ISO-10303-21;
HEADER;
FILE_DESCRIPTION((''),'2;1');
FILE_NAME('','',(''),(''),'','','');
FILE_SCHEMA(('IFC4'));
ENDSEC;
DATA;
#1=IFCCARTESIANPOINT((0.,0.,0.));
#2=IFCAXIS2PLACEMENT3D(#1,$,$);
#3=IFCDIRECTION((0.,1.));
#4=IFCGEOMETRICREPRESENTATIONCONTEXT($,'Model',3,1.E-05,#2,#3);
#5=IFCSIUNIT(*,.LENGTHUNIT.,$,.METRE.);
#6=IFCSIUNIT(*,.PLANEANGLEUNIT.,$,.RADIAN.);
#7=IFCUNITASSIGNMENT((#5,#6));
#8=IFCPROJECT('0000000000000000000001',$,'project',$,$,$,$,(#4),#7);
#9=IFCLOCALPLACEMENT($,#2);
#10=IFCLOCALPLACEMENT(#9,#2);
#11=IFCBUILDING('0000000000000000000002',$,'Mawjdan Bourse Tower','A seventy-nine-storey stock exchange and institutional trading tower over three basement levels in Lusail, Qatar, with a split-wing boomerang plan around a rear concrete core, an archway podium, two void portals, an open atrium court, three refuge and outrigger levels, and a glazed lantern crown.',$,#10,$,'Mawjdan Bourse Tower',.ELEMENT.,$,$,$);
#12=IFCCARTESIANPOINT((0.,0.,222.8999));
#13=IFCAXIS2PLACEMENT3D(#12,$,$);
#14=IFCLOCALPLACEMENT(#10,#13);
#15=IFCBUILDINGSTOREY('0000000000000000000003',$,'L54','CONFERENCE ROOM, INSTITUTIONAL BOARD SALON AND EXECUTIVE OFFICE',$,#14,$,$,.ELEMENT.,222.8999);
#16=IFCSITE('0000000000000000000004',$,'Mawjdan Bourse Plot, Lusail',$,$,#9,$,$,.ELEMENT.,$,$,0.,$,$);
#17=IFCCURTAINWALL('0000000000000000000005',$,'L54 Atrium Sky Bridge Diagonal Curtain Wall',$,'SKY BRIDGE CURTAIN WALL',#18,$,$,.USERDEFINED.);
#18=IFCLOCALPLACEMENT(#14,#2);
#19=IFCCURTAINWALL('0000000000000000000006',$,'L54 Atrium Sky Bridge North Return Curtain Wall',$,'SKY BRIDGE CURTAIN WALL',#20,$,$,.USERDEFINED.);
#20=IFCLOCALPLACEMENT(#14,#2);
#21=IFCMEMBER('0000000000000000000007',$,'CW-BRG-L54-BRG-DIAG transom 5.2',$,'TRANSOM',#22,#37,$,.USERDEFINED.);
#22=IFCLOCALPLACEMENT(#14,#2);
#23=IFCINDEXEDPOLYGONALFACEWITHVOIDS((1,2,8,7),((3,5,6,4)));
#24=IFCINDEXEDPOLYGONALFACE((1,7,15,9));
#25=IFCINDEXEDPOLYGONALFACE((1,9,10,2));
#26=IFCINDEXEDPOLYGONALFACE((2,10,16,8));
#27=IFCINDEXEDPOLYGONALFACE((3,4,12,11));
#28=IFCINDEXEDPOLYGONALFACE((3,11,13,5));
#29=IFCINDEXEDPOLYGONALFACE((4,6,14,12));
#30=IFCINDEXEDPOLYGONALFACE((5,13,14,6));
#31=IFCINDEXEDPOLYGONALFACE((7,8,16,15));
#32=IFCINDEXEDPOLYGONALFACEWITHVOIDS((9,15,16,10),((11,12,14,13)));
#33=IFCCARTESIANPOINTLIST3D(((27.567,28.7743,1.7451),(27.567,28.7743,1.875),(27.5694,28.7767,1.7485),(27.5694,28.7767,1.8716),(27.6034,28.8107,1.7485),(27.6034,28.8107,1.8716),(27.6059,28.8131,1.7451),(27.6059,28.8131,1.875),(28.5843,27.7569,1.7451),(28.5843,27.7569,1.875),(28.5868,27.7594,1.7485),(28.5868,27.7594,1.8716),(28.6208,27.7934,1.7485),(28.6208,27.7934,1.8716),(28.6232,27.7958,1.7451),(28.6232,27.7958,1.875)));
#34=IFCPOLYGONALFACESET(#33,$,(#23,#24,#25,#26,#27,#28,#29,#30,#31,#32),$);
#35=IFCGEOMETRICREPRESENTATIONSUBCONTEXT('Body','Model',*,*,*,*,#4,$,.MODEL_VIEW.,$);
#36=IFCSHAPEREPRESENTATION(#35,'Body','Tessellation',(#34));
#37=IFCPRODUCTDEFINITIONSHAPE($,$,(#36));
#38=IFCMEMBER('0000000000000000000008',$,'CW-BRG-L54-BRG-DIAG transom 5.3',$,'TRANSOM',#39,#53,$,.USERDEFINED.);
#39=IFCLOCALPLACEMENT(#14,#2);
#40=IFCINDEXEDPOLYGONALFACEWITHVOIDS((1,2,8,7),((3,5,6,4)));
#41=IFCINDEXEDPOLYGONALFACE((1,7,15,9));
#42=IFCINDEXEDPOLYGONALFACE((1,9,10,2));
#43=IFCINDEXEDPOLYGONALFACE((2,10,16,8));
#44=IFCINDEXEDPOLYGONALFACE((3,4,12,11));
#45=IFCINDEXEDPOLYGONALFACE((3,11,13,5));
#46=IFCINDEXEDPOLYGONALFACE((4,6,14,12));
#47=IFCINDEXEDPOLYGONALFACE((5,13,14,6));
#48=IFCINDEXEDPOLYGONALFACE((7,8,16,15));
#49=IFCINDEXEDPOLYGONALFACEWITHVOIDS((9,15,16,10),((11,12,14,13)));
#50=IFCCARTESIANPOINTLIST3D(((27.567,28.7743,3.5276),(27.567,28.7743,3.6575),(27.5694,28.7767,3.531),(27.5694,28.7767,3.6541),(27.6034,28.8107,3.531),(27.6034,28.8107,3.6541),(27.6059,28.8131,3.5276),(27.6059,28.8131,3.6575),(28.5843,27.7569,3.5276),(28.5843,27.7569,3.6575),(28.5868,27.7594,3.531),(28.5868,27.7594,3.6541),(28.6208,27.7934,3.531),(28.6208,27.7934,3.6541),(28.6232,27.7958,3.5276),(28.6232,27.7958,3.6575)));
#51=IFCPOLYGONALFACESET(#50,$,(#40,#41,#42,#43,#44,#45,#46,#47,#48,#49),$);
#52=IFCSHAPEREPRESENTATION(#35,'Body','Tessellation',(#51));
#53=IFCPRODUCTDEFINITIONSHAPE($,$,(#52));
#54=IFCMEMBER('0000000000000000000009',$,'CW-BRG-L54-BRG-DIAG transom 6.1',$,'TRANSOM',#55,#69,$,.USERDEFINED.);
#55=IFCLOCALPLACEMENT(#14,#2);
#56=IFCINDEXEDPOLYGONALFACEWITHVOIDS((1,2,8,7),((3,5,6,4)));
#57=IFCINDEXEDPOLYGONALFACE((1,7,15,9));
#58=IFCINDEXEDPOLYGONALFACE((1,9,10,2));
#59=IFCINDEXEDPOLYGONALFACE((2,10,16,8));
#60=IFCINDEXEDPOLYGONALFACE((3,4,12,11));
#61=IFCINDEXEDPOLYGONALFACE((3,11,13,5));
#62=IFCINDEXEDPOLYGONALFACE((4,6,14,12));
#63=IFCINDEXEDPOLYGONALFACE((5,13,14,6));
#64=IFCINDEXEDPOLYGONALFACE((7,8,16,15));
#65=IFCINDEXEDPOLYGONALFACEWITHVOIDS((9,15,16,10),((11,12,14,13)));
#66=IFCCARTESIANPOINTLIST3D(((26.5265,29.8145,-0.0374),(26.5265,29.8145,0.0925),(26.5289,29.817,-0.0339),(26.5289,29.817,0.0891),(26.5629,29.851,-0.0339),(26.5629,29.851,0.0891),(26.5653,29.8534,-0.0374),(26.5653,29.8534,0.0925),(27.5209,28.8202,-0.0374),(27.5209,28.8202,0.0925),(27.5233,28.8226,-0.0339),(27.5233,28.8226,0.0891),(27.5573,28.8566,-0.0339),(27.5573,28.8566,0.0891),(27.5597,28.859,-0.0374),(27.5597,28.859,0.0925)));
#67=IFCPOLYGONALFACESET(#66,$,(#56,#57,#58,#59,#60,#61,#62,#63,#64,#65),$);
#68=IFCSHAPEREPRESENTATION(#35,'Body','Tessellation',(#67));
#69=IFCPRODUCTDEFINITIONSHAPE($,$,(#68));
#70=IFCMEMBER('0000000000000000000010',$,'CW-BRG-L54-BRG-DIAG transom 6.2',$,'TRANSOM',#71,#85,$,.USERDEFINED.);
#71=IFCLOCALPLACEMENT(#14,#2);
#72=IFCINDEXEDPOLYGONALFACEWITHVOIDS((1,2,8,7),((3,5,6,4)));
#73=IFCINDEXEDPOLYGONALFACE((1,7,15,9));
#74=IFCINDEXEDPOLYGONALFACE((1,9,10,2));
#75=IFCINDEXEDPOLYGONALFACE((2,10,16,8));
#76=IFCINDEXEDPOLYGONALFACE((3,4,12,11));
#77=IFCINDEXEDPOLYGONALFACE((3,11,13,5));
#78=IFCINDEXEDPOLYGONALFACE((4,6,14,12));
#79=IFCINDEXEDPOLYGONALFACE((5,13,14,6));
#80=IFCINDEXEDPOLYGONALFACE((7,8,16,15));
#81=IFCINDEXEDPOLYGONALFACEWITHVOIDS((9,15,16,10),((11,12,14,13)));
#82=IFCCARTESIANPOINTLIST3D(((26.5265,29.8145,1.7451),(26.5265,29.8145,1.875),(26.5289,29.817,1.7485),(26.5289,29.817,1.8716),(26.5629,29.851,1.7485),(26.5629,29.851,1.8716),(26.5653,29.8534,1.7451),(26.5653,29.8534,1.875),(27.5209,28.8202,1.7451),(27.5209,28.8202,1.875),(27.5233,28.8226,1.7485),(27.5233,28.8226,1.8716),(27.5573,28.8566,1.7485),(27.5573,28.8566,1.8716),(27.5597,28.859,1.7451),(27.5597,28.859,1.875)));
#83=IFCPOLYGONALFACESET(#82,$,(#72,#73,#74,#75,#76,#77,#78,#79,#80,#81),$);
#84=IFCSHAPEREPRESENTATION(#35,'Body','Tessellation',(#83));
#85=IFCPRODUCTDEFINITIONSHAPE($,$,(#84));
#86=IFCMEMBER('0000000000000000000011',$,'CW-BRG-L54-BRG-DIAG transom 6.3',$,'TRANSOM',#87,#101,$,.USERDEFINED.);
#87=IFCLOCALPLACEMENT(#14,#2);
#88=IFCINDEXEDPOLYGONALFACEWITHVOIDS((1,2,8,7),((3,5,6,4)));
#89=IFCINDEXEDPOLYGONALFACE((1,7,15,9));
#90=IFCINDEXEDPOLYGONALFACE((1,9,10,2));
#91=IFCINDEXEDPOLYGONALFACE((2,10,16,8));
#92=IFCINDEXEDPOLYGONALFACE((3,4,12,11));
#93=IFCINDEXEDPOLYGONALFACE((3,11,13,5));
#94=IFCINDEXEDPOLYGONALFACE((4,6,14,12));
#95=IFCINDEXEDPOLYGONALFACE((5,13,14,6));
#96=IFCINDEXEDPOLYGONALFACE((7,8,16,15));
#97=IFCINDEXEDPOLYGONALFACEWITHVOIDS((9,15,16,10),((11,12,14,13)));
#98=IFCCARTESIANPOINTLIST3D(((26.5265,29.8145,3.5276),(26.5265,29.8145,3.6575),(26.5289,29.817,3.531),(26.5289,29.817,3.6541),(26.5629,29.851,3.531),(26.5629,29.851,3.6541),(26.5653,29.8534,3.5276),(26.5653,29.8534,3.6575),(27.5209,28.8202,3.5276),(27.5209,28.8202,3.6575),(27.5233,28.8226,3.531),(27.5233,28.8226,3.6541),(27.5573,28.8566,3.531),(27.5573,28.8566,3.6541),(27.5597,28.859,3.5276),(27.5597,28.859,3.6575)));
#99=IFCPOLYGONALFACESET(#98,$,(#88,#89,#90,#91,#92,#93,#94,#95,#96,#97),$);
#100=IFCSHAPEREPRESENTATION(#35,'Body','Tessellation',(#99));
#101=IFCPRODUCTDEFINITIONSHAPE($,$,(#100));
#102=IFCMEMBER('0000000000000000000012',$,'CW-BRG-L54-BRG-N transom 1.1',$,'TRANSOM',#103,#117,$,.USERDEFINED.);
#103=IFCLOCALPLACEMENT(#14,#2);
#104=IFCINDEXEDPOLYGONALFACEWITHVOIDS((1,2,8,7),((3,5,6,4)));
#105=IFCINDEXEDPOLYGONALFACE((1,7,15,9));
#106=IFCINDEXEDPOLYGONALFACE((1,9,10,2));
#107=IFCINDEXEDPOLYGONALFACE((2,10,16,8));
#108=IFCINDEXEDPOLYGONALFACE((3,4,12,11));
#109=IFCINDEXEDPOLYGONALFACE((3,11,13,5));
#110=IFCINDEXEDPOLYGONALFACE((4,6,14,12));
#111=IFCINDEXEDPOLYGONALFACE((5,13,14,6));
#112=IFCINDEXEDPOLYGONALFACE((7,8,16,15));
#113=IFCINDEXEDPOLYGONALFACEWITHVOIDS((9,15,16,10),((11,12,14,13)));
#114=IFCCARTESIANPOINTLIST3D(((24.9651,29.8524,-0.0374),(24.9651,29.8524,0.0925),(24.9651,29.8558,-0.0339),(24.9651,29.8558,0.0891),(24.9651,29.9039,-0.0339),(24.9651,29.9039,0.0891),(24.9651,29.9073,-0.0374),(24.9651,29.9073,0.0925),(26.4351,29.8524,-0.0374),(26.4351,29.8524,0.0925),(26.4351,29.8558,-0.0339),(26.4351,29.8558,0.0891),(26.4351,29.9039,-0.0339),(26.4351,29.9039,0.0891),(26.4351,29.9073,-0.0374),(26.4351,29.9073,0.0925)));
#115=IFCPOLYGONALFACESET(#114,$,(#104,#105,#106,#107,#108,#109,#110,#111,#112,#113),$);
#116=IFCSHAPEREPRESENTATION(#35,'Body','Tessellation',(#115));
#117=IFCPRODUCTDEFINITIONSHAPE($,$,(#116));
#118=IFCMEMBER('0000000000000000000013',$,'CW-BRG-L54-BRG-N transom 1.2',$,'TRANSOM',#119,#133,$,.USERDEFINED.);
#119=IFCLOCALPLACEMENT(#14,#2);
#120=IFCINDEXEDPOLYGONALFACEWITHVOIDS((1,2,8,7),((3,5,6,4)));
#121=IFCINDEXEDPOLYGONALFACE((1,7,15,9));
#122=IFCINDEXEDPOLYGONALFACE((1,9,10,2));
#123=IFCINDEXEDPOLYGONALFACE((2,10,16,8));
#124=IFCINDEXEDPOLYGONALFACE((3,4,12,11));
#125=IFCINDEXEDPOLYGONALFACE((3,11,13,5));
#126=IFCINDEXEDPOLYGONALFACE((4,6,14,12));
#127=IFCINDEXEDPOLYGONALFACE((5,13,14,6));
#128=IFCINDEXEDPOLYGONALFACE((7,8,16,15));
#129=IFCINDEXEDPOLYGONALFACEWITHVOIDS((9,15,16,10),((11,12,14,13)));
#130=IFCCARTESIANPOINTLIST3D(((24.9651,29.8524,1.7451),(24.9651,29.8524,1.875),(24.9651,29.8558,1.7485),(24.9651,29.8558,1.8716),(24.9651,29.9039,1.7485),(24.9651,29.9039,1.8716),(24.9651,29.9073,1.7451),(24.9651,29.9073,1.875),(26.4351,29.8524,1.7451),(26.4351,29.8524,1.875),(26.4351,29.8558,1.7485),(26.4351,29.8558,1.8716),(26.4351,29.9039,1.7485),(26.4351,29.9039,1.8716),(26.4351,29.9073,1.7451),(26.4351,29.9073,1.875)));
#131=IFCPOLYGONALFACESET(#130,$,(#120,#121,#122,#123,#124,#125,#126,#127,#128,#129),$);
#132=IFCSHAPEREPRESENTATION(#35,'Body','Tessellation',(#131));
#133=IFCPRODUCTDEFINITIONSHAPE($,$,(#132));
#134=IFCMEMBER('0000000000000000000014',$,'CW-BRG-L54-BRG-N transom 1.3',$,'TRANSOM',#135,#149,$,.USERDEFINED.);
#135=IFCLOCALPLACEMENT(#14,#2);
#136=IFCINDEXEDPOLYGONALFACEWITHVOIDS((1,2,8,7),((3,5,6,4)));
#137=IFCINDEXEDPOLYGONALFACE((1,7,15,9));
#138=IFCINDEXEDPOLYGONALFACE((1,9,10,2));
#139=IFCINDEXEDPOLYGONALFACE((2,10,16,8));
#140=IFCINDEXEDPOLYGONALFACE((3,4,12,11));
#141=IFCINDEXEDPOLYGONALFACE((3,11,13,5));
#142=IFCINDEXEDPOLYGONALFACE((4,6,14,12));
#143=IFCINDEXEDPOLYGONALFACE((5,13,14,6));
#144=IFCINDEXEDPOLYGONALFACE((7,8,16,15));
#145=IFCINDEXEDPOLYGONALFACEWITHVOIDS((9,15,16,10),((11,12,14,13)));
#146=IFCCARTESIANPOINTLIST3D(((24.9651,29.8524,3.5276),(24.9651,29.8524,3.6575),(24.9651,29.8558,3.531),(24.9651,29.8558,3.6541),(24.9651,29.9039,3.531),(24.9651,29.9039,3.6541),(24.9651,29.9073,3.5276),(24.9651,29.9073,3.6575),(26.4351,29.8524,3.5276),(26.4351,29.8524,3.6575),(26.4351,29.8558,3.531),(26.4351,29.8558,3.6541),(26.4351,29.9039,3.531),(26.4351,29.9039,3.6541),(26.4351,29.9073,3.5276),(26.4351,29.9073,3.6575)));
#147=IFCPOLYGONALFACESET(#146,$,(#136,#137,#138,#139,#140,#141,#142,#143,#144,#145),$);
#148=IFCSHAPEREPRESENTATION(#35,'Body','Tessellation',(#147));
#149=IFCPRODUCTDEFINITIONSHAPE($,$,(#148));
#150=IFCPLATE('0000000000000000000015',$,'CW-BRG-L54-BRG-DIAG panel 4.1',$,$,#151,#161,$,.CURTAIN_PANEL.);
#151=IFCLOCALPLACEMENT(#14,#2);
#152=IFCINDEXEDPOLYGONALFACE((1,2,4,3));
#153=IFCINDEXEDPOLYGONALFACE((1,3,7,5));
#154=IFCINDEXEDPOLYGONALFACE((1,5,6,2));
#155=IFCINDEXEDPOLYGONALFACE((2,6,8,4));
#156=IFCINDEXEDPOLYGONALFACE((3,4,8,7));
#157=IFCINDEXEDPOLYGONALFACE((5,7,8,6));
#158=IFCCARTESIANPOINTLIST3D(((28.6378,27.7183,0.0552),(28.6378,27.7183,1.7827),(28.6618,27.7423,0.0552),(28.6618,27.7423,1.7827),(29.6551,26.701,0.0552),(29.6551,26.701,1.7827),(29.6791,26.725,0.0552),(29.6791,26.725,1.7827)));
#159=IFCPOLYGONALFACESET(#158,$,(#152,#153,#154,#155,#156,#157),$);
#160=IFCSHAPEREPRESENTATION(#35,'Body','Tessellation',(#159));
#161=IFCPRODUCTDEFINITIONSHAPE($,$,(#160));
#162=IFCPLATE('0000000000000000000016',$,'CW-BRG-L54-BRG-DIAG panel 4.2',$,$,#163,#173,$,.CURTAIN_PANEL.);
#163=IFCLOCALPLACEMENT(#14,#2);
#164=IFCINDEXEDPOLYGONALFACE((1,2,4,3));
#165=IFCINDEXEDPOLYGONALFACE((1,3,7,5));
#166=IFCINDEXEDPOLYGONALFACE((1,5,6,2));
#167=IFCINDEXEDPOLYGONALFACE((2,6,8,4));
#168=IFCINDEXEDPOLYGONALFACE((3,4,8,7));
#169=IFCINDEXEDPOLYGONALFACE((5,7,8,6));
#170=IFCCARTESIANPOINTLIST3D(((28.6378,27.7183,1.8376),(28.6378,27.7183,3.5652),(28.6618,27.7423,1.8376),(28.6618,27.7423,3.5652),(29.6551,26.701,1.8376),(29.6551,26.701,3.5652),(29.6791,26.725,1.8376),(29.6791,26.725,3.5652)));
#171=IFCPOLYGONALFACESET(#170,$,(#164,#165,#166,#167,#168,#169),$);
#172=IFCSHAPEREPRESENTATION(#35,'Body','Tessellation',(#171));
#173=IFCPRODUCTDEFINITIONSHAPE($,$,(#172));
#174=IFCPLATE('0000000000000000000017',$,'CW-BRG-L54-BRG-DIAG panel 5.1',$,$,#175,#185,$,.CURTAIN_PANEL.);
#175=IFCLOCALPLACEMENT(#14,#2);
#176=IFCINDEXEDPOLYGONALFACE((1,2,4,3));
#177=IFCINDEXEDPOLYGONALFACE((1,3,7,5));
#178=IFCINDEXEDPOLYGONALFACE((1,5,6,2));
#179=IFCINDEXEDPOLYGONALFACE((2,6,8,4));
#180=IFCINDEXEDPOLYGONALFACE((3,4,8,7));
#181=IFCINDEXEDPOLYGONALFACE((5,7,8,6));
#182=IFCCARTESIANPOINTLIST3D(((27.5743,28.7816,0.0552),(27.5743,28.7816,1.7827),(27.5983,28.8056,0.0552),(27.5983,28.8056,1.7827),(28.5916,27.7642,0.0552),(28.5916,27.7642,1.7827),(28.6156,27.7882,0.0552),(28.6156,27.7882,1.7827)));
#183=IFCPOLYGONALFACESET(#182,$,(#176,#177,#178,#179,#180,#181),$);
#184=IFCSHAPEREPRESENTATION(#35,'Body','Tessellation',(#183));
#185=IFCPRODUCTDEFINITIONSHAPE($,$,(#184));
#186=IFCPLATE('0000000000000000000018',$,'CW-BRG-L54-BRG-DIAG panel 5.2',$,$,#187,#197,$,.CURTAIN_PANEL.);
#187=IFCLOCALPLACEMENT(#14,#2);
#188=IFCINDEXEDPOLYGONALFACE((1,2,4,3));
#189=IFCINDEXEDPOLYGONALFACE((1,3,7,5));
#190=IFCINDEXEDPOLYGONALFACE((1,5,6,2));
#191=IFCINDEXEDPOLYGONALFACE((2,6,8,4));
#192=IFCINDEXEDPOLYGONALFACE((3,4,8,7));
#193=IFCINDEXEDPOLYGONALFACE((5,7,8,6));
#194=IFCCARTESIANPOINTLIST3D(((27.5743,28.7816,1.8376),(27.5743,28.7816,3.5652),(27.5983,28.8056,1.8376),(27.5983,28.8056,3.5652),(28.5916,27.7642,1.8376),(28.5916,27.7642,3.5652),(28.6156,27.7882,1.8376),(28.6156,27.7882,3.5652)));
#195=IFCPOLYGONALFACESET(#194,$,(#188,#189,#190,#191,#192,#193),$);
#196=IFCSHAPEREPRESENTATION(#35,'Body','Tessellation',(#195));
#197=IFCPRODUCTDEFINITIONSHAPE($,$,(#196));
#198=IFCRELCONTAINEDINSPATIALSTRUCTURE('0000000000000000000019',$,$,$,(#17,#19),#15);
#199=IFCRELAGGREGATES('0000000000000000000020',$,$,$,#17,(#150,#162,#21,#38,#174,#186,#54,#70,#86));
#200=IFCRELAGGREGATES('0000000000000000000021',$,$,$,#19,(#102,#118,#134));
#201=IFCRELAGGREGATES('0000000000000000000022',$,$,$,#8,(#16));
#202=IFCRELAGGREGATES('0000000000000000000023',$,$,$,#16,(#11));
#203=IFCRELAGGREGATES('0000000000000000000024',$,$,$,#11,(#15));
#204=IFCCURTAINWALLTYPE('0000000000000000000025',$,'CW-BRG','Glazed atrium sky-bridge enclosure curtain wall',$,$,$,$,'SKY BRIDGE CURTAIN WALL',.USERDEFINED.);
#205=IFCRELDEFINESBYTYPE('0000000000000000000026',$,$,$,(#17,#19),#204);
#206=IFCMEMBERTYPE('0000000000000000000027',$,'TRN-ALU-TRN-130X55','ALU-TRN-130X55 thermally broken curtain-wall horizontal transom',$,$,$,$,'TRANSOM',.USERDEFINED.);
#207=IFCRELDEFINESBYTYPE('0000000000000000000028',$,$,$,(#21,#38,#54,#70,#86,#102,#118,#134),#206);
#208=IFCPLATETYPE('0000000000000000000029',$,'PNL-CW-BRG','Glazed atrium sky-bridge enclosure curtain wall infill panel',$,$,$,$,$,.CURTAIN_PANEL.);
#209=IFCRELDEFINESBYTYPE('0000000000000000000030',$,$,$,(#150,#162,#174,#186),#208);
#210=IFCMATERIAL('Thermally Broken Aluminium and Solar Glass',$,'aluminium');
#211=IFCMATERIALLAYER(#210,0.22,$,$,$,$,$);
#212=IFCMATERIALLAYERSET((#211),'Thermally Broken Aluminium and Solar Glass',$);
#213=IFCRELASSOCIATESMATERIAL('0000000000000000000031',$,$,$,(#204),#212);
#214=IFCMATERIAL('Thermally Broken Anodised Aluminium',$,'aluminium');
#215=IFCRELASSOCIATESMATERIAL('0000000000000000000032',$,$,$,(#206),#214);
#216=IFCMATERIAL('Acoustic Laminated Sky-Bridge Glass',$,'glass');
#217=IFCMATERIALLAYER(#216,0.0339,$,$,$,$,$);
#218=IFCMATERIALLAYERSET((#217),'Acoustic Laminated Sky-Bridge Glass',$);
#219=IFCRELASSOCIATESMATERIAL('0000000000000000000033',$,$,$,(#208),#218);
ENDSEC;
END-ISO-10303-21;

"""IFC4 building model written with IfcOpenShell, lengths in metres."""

from ifc_helpers import new_model, si_unit, direction, frame, origin, origin_2d, place, context, subcontext, project, spatial, rectangle, hollow_rectangle, extrude, material, layer, layer_set, material_profile, profile_set, type_object, element, aggregate, save


model = new_model("IFC4")

# Units and contexts
model_context = context("Model", 3, precision=1e-05, world=origin(), true_north=direction((0.0, 1.0)))
body_context = subcontext(model_context, "Body", "Model", "MODEL_VIEW")
ifc_project = project(units=[si_unit("LENGTHUNIT", "METRE"), si_unit("PLANEANGLEUNIT", "RADIAN")], contexts=[model_context])

# Site, building, storey
site_placement = place(None, origin())
site = spatial("IfcSite", under=ifc_project, at=site_placement, Name="Mawjdan Bourse Plot, Lusail", CompositionType="ELEMENT", RefElevation=0.0)
building_placement = place(site_placement, origin())
building = spatial("IfcBuilding", under=site, at=building_placement, Name="Mawjdan Bourse Tower", Description="A seventy-nine-storey stock exchange and institutional trading tower over three basement levels in Lusail, Qatar, with a split-wing boomerang plan around a rear concrete core, an archway podium, two void portals, an open atrium court, three refuge and outrigger levels, and a glazed lantern crown.", LongName="Mawjdan Bourse Tower", CompositionType="ELEMENT")
storey_placement = place(building_placement, frame((0.0, 0.0, 222.8999)))
storey = spatial("IfcBuildingStorey", under=building, at=storey_placement, Name="L54", Description="CONFERENCE ROOM, INSTITUTIONAL BOARD SALON AND EXECUTIVE OFFICE", CompositionType="ELEMENT", Elevation=222.8999)

# Curtain walls
ifc_material_1 = material(Name="Thermally Broken Aluminium and Solar Glass", Category="aluminium")
ifc_layer_1 = layer(ifc_material_1, 0.22)
ifc_layer_set_1 = layer_set([ifc_layer_1], Name="Thermally Broken Aluminium and Solar Glass")
curtain_wall_type = type_object("IfcCurtainWallType", Name="CW-BRG", Description="Glazed atrium sky-bridge enclosure curtain wall", ElementType="SKY BRIDGE CURTAIN WALL", PredefinedType="USERDEFINED", material=ifc_layer_set_1)
curtain_wall_1_placement = place(storey_placement, origin())
curtain_wall_1 = element("IfcCurtainWall", 1, at=curtain_wall_1_placement, inside=storey, type_object=curtain_wall_type, Name="L54 Atrium Sky Bridge Diagonal Curtain Wall", ObjectType="SKY BRIDGE CURTAIN WALL", PredefinedType="USERDEFINED")
ifc_material_2 = material(Name="Thermally Broken Anodised Aluminium", Category="aluminium")
curtain_wall_2_placement = place(storey_placement, origin())
curtain_wall_2 = element("IfcCurtainWall", 2, at=curtain_wall_2_placement, inside=storey, type_object=curtain_wall_type, Name="L54 Atrium Sky Bridge North Return Curtain Wall", ObjectType="SKY BRIDGE CURTAIN WALL", PredefinedType="USERDEFINED")

# Members
ifc_material_profile_1 = material_profile(ifc_material_2, hollow_rectangle(XDim=0.0549, YDim=0.1299, WallThickness=0.0034, at=origin_2d()), Name="ALU-TRN-130X55")
ifc_profile_set_1 = profile_set([ifc_material_profile_1], Name="Thermally Broken Anodised Aluminium")
member_type_1 = type_object("IfcMemberType", Name="TRN-ALU-TRN-130X55", Description="ALU-TRN-130X55 thermally broken curtain-wall horizontal transom", ElementType="TRANSOM", PredefinedType="USERDEFINED", material=ifc_profile_set_1)
member_1_placement = place(storey_placement, frame((28.6038, 27.7764, 1.8101), z_axis=(-0.707107, 0.707107, 0.0), x_axis=(-0.707107, -0.707107, 0.0)))
member_1 = element("IfcMember", 3, at=member_1_placement, type_object=member_type_1, Name="CW-BRG-L54-BRG-DIAG transom 5.2", ObjectType="TRANSOM", PredefinedType="USERDEFINED", context=body_context, shape_type="SweptSolid", body=[
    extrude(hollow_rectangle(XDim=0.0549, YDim=0.1299, WallThickness=0.0034, at=origin_2d()), origin(), (0.0, 0.0, 1.0), 1.4387),
])
member_2_placement = place(storey_placement, frame((28.6038, 27.7764, 3.5925), z_axis=(-0.707107, 0.707107, 0.0), x_axis=(-0.707107, -0.707107, 0.0)))
member_2 = element("IfcMember", 4, at=member_2_placement, type_object=member_type_1, Name="CW-BRG-L54-BRG-DIAG transom 5.3", ObjectType="TRANSOM", PredefinedType="USERDEFINED", context=body_context, shape_type="SweptSolid", body=[
    extrude(hollow_rectangle(XDim=0.0549, YDim=0.1299, WallThickness=0.0034, at=origin_2d()), origin(), (0.0, 0.0, 1.0), 1.4387),
])
member_3_placement = place(storey_placement, frame((27.5403, 28.8396, 0.0276), z_axis=(-0.707107, 0.707107, 0.0), x_axis=(-0.707107, -0.707107, 0.0)))
member_3 = element("IfcMember", 5, at=member_3_placement, type_object=member_type_1, Name="CW-BRG-L54-BRG-DIAG transom 6.1", ObjectType="TRANSOM", PredefinedType="USERDEFINED", context=body_context, shape_type="SweptSolid", body=[
    extrude(hollow_rectangle(XDim=0.0549, YDim=0.1299, WallThickness=0.0034, at=origin_2d()), origin(), (0.0, 0.0, 1.0), 1.4062),
])
member_4_placement = place(storey_placement, frame((27.5403, 28.8396, 1.8101), z_axis=(-0.707107, 0.707107, 0.0), x_axis=(-0.707107, -0.707107, 0.0)))
member_4 = element("IfcMember", 6, at=member_4_placement, type_object=member_type_1, Name="CW-BRG-L54-BRG-DIAG transom 6.2", ObjectType="TRANSOM", PredefinedType="USERDEFINED", context=body_context, shape_type="SweptSolid", body=[
    extrude(hollow_rectangle(XDim=0.0549, YDim=0.1299, WallThickness=0.0034, at=origin_2d()), origin(), (0.0, 0.0, 1.0), 1.4062),
])
member_5_placement = place(storey_placement, frame((27.5403, 28.8396, 3.5925), z_axis=(-0.707107, 0.707107, 0.0), x_axis=(-0.707107, -0.707107, 0.0)))
member_5 = element("IfcMember", 7, at=member_5_placement, type_object=member_type_1, Name="CW-BRG-L54-BRG-DIAG transom 6.3", ObjectType="TRANSOM", PredefinedType="USERDEFINED", context=body_context, shape_type="SweptSolid", body=[
    extrude(hollow_rectangle(XDim=0.0549, YDim=0.1299, WallThickness=0.0034, at=origin_2d()), origin(), (0.0, 0.0, 1.0), 1.4062),
])
member_6_placement = place(storey_placement, frame((26.4351, 29.8799, 0.0276), z_axis=(-1.0, 0.0, 0.0), x_axis=(0.0, -1.0, 0.0)))
member_6 = element("IfcMember", 8, at=member_6_placement, type_object=member_type_1, Name="CW-BRG-L54-BRG-N transom 1.1", ObjectType="TRANSOM", PredefinedType="USERDEFINED", context=body_context, shape_type="SweptSolid", body=[
    extrude(hollow_rectangle(XDim=0.0549, YDim=0.1299, WallThickness=0.0034, at=origin_2d()), origin(), (0.0, 0.0, 1.0), 1.47),
])
member_7_placement = place(storey_placement, frame((26.4351, 29.8799, 1.8101), z_axis=(-1.0, 0.0, 0.0), x_axis=(0.0, -1.0, 0.0)))
member_7 = element("IfcMember", 9, at=member_7_placement, type_object=member_type_1, Name="CW-BRG-L54-BRG-N transom 1.2", ObjectType="TRANSOM", PredefinedType="USERDEFINED", context=body_context, shape_type="SweptSolid", body=[
    extrude(hollow_rectangle(XDim=0.0549, YDim=0.1299, WallThickness=0.0034, at=origin_2d()), origin(), (0.0, 0.0, 1.0), 1.47),
])
member_8_placement = place(storey_placement, frame((26.4351, 29.8799, 3.5925), z_axis=(-1.0, 0.0, 0.0), x_axis=(0.0, -1.0, 0.0)))
member_8 = element("IfcMember", 10, at=member_8_placement, type_object=member_type_1, Name="CW-BRG-L54-BRG-N transom 1.3", ObjectType="TRANSOM", PredefinedType="USERDEFINED", context=body_context, shape_type="SweptSolid", body=[
    extrude(hollow_rectangle(XDim=0.0549, YDim=0.1299, WallThickness=0.0034, at=origin_2d()), origin(), (0.0, 0.0, 1.0), 1.47),
])

# Plates
ifc_material_3 = material(Name="Acoustic Laminated Sky-Bridge Glass", Category="glass")
ifc_layer_2 = layer(ifc_material_3, 0.0339)
ifc_layer_set_2 = layer_set([ifc_layer_2], Name="Acoustic Laminated Sky-Bridge Glass")
plate_type = type_object("IfcPlateType", Name="PNL-CW-BRG", Description="Glazed atrium sky-bridge enclosure curtain wall infill panel", PredefinedType="CURTAIN_PANEL", material=ifc_layer_set_2)
plate_1_placement = place(storey_placement, frame((29.1584, 27.2217, 0.0552), z_axis=(0.0, 0.0, 1.0), x_axis=(-0.707107, 0.707107, 0.0)))
plate_1 = element("IfcPlate", 11, at=plate_1_placement, type_object=plate_type, Name="CW-BRG-L54-BRG-DIAG panel 4.1", PredefinedType="CURTAIN_PANEL", context=body_context, shape_type="SweptSolid", body=[
    extrude(rectangle(XDim=1.4387, YDim=0.0339, at=origin_2d()), origin(), (0.0, 0.0, 1.0), 1.7275),
])
plate_2_placement = place(storey_placement, frame((29.1584, 27.2217, 1.8376), z_axis=(0.0, 0.0, 1.0), x_axis=(-0.707107, 0.707107, 0.0)))
plate_2 = element("IfcPlate", 12, at=plate_2_placement, type_object=plate_type, Name="CW-BRG-L54-BRG-DIAG panel 4.2", PredefinedType="CURTAIN_PANEL", context=body_context, shape_type="SweptSolid", body=[
    extrude(rectangle(XDim=1.4387, YDim=0.0339, at=origin_2d()), origin(), (0.0, 0.0, 1.0), 1.7275),
])
plate_3_placement = place(storey_placement, frame((28.095, 28.2849, 0.0552), z_axis=(0.0, 0.0, 1.0), x_axis=(-0.707107, 0.707107, 0.0)))
plate_3 = element("IfcPlate", 13, at=plate_3_placement, type_object=plate_type, Name="CW-BRG-L54-BRG-DIAG panel 5.1", PredefinedType="CURTAIN_PANEL", context=body_context, shape_type="SweptSolid", body=[
    extrude(rectangle(XDim=1.4387, YDim=0.0339, at=origin_2d()), origin(), (0.0, 0.0, 1.0), 1.7275),
])
plate_4_placement = place(storey_placement, frame((28.095, 28.2849, 1.8376), z_axis=(0.0, 0.0, 1.0), x_axis=(-0.707107, 0.707107, 0.0)))
plate_4 = element("IfcPlate", 14, at=plate_4_placement, type_object=plate_type, Name="CW-BRG-L54-BRG-DIAG panel 5.2", PredefinedType="CURTAIN_PANEL", context=body_context, shape_type="SweptSolid", body=[
    extrude(rectangle(XDim=1.4387, YDim=0.0339, at=origin_2d()), origin(), (0.0, 0.0, 1.0), 1.7275),
])
aggregate(curtain_wall_1, [plate_1, plate_2, member_1, member_2, plate_3, plate_4, member_3, member_4, member_5])
aggregate(curtain_wall_2, [member_6, member_7, member_8])

save(model, "model.ifc")
